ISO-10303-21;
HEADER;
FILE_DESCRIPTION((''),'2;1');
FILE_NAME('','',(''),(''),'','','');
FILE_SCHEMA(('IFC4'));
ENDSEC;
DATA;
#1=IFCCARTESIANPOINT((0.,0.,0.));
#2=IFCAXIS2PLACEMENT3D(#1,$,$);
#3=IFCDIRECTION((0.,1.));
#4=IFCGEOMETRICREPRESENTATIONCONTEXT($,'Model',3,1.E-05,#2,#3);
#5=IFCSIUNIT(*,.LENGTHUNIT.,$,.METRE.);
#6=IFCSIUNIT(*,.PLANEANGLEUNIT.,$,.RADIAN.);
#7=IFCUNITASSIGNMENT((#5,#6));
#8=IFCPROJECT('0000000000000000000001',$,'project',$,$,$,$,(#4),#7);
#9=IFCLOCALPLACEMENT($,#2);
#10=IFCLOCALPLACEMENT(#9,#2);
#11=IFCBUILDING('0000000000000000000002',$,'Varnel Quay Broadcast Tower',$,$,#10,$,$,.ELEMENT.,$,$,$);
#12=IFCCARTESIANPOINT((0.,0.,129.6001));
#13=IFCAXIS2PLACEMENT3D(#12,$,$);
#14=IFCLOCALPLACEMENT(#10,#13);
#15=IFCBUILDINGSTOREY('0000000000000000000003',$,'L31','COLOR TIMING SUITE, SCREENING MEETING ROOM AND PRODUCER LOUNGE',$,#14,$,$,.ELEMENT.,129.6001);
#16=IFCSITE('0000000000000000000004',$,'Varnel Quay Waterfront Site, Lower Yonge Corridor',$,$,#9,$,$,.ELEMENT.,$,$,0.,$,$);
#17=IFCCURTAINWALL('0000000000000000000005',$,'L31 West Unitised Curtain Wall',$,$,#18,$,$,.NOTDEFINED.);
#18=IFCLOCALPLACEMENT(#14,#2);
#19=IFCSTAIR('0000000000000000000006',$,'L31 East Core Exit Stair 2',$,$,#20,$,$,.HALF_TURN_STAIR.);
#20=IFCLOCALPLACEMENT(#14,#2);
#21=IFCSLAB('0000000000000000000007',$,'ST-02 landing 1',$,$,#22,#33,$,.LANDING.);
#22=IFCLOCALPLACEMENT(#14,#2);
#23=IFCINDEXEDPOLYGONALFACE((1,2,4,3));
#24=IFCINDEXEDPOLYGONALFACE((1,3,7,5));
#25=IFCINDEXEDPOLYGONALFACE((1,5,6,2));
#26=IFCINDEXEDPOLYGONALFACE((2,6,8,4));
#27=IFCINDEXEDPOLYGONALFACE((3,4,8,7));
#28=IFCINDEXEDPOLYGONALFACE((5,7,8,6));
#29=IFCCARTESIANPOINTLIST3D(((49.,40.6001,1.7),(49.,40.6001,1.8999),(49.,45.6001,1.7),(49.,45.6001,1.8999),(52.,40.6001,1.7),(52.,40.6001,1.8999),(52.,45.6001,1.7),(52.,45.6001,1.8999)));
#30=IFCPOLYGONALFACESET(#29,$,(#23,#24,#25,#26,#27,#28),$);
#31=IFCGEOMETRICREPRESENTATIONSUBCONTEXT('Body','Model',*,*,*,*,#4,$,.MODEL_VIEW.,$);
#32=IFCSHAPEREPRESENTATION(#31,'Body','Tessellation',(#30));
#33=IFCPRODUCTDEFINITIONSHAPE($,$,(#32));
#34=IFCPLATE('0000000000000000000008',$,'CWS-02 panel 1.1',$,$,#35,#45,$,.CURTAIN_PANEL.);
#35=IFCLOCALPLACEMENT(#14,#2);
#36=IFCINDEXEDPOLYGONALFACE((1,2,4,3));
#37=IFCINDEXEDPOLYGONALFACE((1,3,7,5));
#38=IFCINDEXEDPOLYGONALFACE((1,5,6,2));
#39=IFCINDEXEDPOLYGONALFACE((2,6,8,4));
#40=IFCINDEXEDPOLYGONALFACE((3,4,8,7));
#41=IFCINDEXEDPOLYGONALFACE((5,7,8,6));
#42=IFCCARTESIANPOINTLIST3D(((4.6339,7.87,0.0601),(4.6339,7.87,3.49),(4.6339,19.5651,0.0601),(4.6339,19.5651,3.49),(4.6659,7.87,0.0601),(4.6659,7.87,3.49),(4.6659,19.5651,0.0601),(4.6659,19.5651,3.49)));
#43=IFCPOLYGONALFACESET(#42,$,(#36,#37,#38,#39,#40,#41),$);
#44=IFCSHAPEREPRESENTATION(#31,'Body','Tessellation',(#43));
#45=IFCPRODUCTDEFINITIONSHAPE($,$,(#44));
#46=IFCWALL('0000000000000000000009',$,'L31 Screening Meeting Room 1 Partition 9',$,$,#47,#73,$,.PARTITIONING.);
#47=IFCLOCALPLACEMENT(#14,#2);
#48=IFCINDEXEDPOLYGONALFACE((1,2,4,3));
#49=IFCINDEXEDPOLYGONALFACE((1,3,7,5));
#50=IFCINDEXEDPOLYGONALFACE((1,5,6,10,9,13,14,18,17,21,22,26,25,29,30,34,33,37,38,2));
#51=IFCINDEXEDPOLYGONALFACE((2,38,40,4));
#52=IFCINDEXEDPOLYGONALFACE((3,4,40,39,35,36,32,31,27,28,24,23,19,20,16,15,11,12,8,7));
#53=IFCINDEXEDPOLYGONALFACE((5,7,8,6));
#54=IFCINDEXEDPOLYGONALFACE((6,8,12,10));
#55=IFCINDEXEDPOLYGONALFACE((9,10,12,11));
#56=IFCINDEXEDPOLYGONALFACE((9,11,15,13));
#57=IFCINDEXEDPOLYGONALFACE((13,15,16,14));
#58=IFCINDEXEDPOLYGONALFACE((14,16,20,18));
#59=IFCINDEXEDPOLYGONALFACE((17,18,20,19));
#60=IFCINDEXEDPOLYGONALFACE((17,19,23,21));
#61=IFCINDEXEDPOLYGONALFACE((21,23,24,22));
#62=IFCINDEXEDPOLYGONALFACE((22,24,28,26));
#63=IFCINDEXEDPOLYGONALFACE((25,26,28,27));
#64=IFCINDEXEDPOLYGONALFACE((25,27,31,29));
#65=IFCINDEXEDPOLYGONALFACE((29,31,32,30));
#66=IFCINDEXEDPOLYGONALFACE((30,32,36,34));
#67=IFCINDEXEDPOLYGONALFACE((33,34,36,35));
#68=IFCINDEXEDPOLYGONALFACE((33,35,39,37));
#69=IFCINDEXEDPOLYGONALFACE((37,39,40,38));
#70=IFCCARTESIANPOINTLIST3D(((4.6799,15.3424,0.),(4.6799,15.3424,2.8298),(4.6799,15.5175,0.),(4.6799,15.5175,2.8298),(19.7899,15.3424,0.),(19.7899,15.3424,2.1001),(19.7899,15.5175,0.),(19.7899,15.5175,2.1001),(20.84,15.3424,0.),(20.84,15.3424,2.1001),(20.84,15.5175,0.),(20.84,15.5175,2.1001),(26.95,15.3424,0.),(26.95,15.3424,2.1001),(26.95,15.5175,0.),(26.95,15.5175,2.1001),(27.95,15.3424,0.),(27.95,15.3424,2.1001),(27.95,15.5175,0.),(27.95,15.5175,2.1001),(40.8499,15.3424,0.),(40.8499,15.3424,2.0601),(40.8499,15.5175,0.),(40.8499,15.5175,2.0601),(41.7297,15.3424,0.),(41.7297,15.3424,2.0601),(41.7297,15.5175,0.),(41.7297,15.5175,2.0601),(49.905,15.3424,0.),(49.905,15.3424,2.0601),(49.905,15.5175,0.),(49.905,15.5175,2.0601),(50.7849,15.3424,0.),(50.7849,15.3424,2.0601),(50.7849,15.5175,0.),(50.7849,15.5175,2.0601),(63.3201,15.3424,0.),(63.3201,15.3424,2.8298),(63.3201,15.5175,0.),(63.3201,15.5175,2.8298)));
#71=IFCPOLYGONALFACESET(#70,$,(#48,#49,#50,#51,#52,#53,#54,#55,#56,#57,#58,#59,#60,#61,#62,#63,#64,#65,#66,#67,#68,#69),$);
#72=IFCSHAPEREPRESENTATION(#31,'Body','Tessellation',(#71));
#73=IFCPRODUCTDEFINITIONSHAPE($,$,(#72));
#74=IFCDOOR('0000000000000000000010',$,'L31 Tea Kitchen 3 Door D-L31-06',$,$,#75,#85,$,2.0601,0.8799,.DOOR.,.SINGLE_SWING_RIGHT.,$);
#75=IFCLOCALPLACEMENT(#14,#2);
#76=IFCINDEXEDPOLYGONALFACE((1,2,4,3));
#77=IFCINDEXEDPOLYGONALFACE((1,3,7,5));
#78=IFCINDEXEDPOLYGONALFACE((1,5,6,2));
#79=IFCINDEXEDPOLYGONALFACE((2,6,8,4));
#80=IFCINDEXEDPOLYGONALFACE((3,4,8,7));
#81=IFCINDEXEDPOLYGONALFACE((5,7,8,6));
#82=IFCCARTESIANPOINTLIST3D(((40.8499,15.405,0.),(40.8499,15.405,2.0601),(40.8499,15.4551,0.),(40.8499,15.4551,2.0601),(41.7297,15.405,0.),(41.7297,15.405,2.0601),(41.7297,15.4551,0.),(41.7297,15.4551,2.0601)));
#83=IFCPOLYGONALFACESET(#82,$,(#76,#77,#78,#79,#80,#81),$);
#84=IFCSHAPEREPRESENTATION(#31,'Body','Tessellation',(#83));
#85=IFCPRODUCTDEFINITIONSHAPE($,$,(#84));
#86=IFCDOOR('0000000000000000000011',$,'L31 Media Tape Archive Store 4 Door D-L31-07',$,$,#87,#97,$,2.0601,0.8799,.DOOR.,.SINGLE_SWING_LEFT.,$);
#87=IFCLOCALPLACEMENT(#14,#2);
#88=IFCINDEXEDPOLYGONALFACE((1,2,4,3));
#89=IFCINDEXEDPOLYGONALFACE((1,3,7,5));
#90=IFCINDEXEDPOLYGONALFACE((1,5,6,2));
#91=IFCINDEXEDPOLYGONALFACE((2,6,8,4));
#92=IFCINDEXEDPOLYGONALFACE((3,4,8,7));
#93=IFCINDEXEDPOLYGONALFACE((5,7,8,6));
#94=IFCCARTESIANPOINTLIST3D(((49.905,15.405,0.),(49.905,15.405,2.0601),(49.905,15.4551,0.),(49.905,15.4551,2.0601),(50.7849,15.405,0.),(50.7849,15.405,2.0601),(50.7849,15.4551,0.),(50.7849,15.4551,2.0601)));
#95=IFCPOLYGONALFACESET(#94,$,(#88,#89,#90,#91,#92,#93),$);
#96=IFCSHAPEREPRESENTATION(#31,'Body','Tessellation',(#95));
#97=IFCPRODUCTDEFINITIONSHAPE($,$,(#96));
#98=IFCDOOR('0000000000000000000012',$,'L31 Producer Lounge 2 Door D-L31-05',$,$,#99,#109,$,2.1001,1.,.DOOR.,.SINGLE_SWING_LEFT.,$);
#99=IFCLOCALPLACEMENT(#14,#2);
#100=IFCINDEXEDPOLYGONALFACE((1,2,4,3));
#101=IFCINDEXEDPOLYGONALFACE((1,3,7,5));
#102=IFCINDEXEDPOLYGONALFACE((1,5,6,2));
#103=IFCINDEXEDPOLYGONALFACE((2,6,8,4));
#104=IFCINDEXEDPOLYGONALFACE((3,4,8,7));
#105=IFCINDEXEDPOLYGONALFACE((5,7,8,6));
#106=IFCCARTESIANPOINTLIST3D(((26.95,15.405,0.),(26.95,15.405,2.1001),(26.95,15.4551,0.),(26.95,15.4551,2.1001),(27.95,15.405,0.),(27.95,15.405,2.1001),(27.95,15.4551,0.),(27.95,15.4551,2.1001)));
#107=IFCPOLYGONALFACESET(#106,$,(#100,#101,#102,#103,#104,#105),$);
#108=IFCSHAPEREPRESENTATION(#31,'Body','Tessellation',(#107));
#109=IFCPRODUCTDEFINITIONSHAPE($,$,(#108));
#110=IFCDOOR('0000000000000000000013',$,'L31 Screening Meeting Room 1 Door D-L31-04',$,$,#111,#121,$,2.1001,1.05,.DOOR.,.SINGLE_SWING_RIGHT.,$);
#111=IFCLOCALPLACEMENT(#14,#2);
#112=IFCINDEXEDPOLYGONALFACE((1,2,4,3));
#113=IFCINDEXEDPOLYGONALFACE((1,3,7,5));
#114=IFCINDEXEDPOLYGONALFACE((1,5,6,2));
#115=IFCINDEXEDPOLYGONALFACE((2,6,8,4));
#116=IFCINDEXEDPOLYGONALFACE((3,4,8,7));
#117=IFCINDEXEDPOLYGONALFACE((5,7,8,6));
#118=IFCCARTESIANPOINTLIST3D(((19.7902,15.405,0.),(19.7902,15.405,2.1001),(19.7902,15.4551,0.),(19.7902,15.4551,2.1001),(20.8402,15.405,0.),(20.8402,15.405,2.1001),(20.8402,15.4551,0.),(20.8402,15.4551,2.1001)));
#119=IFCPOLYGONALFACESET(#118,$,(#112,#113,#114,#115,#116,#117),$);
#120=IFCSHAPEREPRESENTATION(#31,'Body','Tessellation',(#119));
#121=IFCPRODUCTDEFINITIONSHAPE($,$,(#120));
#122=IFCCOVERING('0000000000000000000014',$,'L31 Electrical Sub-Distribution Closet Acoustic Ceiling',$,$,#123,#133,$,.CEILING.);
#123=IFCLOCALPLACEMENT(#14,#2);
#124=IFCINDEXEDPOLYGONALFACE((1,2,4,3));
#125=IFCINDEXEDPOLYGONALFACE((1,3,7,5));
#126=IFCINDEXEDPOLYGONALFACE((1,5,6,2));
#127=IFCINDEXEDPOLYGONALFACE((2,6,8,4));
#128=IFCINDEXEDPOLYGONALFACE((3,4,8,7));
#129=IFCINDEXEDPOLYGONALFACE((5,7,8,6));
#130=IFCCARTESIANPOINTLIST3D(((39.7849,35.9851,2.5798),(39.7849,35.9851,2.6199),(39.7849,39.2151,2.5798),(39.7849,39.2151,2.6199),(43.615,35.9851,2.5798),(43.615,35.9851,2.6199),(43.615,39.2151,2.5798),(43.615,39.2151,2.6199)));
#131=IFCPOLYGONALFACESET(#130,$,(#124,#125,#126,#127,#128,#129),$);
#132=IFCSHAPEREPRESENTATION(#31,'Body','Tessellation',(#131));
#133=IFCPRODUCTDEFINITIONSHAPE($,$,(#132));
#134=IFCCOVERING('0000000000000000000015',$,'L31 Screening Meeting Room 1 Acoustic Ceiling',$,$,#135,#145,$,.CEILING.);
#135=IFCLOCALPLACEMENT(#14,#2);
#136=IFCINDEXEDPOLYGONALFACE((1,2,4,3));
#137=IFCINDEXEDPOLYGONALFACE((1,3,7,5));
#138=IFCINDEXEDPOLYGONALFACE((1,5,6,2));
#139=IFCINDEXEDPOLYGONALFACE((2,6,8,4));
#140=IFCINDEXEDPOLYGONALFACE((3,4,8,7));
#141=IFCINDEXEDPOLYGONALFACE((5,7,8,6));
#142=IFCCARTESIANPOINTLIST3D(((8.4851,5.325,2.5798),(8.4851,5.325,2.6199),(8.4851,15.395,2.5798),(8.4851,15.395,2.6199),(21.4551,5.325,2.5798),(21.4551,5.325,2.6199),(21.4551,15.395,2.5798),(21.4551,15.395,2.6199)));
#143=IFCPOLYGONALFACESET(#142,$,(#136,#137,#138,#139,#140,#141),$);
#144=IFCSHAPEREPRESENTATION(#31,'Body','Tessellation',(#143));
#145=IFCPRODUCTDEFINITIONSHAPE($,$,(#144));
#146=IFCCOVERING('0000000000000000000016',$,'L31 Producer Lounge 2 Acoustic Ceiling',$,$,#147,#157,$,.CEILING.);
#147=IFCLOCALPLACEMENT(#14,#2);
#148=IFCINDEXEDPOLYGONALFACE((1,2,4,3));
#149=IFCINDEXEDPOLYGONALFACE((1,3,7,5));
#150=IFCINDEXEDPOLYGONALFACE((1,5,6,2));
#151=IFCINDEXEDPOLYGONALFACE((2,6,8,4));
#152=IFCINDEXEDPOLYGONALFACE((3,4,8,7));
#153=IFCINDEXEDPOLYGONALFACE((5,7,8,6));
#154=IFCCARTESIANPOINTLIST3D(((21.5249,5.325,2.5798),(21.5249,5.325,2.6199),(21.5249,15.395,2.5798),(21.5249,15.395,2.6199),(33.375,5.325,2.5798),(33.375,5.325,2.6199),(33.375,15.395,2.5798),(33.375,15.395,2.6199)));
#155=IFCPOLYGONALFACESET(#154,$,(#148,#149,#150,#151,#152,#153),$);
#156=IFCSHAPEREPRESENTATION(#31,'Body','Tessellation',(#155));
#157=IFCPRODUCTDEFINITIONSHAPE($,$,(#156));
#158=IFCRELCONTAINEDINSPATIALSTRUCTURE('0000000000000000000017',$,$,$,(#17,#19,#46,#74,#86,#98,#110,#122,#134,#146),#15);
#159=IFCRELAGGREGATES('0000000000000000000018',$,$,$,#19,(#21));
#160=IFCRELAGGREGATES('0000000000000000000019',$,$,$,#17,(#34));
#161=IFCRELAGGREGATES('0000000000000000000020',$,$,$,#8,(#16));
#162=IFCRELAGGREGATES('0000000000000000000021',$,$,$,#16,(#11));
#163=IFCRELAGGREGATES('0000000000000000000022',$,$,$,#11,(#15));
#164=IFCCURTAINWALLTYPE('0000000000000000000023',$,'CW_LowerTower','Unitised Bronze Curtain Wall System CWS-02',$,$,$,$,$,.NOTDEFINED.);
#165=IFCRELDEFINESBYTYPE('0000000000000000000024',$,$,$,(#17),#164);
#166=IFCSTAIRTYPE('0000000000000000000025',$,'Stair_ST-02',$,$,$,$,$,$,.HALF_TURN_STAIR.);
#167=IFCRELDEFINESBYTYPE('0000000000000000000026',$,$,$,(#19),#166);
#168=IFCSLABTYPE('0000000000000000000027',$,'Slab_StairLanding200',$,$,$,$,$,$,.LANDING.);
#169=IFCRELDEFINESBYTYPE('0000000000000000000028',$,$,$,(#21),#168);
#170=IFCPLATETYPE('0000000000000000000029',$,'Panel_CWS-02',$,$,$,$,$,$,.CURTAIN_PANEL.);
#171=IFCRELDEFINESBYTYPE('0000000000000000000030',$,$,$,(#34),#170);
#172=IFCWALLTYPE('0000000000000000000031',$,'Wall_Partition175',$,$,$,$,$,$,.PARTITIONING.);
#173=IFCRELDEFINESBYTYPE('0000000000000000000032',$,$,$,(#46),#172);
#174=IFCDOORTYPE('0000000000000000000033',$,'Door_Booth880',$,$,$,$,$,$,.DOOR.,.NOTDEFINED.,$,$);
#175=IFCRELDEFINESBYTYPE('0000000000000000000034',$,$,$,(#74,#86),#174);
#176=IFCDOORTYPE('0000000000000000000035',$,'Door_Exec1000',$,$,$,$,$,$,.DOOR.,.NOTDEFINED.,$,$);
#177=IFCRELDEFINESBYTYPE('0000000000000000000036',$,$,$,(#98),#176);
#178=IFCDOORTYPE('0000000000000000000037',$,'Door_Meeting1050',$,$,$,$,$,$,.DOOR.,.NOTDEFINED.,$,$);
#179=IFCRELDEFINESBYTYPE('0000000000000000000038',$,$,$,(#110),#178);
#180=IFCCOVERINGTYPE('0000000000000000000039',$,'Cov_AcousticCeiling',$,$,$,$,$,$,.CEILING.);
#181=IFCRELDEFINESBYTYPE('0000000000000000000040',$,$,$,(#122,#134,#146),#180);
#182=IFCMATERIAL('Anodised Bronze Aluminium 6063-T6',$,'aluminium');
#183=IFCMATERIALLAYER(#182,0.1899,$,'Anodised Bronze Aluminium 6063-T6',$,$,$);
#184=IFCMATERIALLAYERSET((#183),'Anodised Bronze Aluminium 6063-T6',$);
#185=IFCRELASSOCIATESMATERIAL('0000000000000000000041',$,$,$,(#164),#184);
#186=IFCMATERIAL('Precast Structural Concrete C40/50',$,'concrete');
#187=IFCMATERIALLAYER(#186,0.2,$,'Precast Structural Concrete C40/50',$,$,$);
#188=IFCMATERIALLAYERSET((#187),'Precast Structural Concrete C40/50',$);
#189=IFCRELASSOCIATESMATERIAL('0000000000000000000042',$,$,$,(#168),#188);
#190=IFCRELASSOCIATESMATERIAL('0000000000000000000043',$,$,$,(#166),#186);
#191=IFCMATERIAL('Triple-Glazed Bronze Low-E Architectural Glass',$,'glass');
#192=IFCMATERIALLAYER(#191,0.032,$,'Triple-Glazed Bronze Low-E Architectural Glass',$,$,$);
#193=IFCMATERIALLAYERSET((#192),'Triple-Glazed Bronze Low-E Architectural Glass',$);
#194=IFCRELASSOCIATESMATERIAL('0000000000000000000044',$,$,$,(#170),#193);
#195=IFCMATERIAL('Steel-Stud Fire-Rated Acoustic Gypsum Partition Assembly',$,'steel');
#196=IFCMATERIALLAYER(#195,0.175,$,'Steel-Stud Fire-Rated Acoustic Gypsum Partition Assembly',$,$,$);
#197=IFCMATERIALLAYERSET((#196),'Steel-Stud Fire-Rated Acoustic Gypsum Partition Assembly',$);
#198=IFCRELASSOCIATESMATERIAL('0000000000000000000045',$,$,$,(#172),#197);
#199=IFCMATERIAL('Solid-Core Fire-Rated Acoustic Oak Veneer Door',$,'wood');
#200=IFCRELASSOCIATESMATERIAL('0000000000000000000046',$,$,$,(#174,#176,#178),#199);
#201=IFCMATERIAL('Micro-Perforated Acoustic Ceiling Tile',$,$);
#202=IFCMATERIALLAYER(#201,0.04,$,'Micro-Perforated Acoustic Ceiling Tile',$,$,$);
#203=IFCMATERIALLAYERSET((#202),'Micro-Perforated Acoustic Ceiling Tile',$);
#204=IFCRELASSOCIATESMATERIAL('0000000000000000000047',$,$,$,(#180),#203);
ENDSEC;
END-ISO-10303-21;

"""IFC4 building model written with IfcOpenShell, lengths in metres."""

from ifc_helpers import new_model, si_unit, direction, frame, frame_2d, origin, origin_2d, place, context, subcontext, project, spatial, polyline, rectangle, outline, extrude, source, transform, mapped, material, layer, layer_set, type_object, type_shapes, element, fill, aggregate, save


model = new_model("IFC4")

# Units and contexts
model_context = context("Model", 3, precision=1e-05, world=origin(), true_north=direction((0.0, 1.0)))
body_context = subcontext(model_context, "Body", "Model", "MODEL_VIEW")
ifc_project = project(units=[si_unit("LENGTHUNIT", "METRE"), si_unit("PLANEANGLEUNIT", "RADIAN")], contexts=[model_context])

# Site, building, storey
site_placement = place(None, origin())
site = spatial("IfcSite", under=ifc_project, at=site_placement, Name="Varnel Quay Waterfront Site, Lower Yonge Corridor", CompositionType="ELEMENT", RefElevation=0.0)
building_placement = place(site_placement, origin())
building = spatial("IfcBuilding", under=site, at=building_placement, Name="Varnel Quay Broadcast Tower", CompositionType="ELEMENT")
storey_placement = place(building_placement, frame((0.0, 0.0, 129.6001)))
storey = spatial("IfcBuildingStorey", under=building, at=storey_placement, Name="L31", Description="COLOR TIMING SUITE, SCREENING MEETING ROOM AND PRODUCER LOUNGE", CompositionType="ELEMENT", Elevation=129.6001)

# Curtain wall
ifc_material_1 = material(Name="Anodised Bronze Aluminium 6063-T6", Category="aluminium")
ifc_layer_1 = layer(ifc_material_1, 0.1899, Name="Anodised Bronze Aluminium 6063-T6")
ifc_layer_set_1 = layer_set([ifc_layer_1], Name="Anodised Bronze Aluminium 6063-T6")
curtain_wall_type_1 = type_object("IfcCurtainWallType", Name="CW_LowerTower", Description="Unitised Bronze Curtain Wall System CWS-02", PredefinedType="NOTDEFINED", material=ifc_layer_set_1)
curtain_wall_1_placement = place(storey_placement, origin())
curtain_wall_1 = element("IfcCurtainWall", 1, at=curtain_wall_1_placement, inside=storey, type_object=curtain_wall_type_1, Name="L31 West Unitised Curtain Wall", PredefinedType="NOTDEFINED")

# Stair, slab
ifc_material_2 = material(Name="Precast Structural Concrete C40/50", Category="concrete")
ifc_layer_2 = layer(ifc_material_2, 0.2, Name="Precast Structural Concrete C40/50")
ifc_layer_set_2 = layer_set([ifc_layer_2], Name="Precast Structural Concrete C40/50")
slab_type_1 = type_object("IfcSlabType", Name="Slab_StairLanding200", PredefinedType="LANDING", material=ifc_layer_set_2)
stair_type_1 = type_object("IfcStairType", Name="Stair_ST-02", PredefinedType="HALF_TURN_STAIR", material=ifc_material_2)
stair_1_placement = place(storey_placement, origin())
stair_1 = element("IfcStair", 2, at=stair_1_placement, inside=storey, type_object=stair_type_1, Name="L31 East Core Exit Stair 2", PredefinedType="HALF_TURN_STAIR")
slab_1_placement = place(storey_placement, frame((0.0, 0.0, 1.7)))
slab_1 = element("IfcSlab", 3, at=slab_1_placement, type_object=slab_type_1, Name="ST-02 landing 1", PredefinedType="LANDING", context=body_context, shape_type="SweptSolid", body=[
    extrude(outline(polyline([(52.0, 40.6001), (52.0, 45.6001), (49.0, 45.6001), (49.0, 40.6001), (52.0, 40.6001)])), origin(), (0.0, 0.0, 1.0), 0.2),
])
aggregate(stair_1, [slab_1])

# Plate
ifc_material_3 = material(Name="Triple-Glazed Bronze Low-E Architectural Glass", Category="glass")
ifc_layer_3 = layer(ifc_material_3, 0.032, Name="Triple-Glazed Bronze Low-E Architectural Glass")
ifc_layer_set_3 = layer_set([ifc_layer_3], Name="Triple-Glazed Bronze Low-E Architectural Glass")
plate_type = type_object("IfcPlateType", Name="Panel_CWS-02", PredefinedType="CURTAIN_PANEL", material=ifc_layer_set_3)
shared_shape_1 = source(origin(), body_context, "Body", "SweptSolid", [
    extrude(rectangle(XDim=11.6951, YDim=0.032, at=origin_2d()), origin(), (0.0, 0.0, 1.0), 3.4299),
])
type_shapes(plate_type, [shared_shape_1])
plate_placement = place(storey_placement, frame((4.6499, 13.7175, 0.0601), z_axis=(0.0, 0.0, 1.0), x_axis=(0.0, 1.0, 0.0)))
plate = element("IfcPlate", 4, at=plate_placement, type_object=plate_type, Name="CWS-02 panel 1.1", PredefinedType="CURTAIN_PANEL", context=body_context, shape_type="MappedRepresentation", body=[
    mapped(shared_shape_1, transform((0.0, 0.0, 0.0), x_axis=(1.0, 0.0, 0.0), y_axis=(0.0, 1.0, 0.0), z_axis=(0.0, 0.0, 1.0), scale=1.0)),
])
aggregate(curtain_wall_1, [plate])

# Wall, openings, doors
ifc_material_4 = material(Name="Steel-Stud Fire-Rated Acoustic Gypsum Partition Assembly", Category="steel")
ifc_layer_4 = layer(ifc_material_4, 0.175, Name="Steel-Stud Fire-Rated Acoustic Gypsum Partition Assembly")
ifc_layer_set_4 = layer_set([ifc_layer_4], Name="Steel-Stud Fire-Rated Acoustic Gypsum Partition Assembly")
wall_type = type_object("IfcWallType", Name="Wall_Partition175", PredefinedType="PARTITIONING", material=ifc_layer_set_4)
wall_placement = place(storey_placement, frame((4.6799, 15.4299, 0.0), z_axis=(0.0, 0.0, 1.0), x_axis=(1.0, 0.0, 0.0)))
wall = element("IfcWall", 5, at=wall_placement, inside=storey, type_object=wall_type, Name="L31 Screening Meeting Room 1 Partition 9", PredefinedType="PARTITIONING", context=body_context, shape_type="SweptSolid", body=[
    extrude(rectangle(XDim=58.6401, YDim=0.175, at=frame_2d((29.3201, 0.0))), origin(), (0.0, 0.0, 1.0), 2.8298),
])
opening_1_placement = place(wall_placement, frame((15.1101, 0.0, 0.0)))
opening_1 = element("IfcOpeningElement", 6, at=opening_1_placement, cuts=wall, PredefinedType="OPENING", context=body_context, shape_type="SweptSolid", body=[
    extrude(rectangle(XDim=1.05, YDim=2.1001, at=frame_2d((0.5249, 1.05))), frame((0.0, 0.0977, 0.0), z_axis=(0.0, -1.0, 0.0), x_axis=(1.0, 0.0, 0.0)), (0.0, 0.0, 1.0), 0.1951),
])
opening_2_placement = place(wall_placement, frame((22.27, 0.0, 0.0)))
opening_2 = element("IfcOpeningElement", 7, at=opening_2_placement, cuts=wall, PredefinedType="OPENING", context=body_context, shape_type="SweptSolid", body=[
    extrude(rectangle(XDim=1.0, YDim=2.1001, at=frame_2d((0.5, 1.05))), frame((0.0, 0.0977, 0.0), z_axis=(0.0, -1.0, 0.0), x_axis=(1.0, 0.0, 0.0)), (0.0, 0.0, 1.0), 0.1951),
])
opening_3_placement = place(wall_placement, frame((36.1699, 0.0, 0.0)))
opening_3 = element("IfcOpeningElement", 8, at=opening_3_placement, cuts=wall, PredefinedType="OPENING", context=body_context, shape_type="SweptSolid", body=[
    extrude(rectangle(XDim=0.8799, YDim=2.0601, at=frame_2d((0.4399, 1.03))), frame((0.0, 0.0977, 0.0), z_axis=(0.0, -1.0, 0.0), x_axis=(1.0, 0.0, 0.0)), (0.0, 0.0, 1.0), 0.1951),
])
opening_4_placement = place(wall_placement, frame((45.2251, 0.0, 0.0)))
opening_4 = element("IfcOpeningElement", 9, at=opening_4_placement, cuts=wall, PredefinedType="OPENING", context=body_context, shape_type="SweptSolid", body=[
    extrude(rectangle(XDim=0.8799, YDim=2.0601, at=frame_2d((0.4399, 1.03))), frame((0.0, 0.0977, 0.0), z_axis=(0.0, -1.0, 0.0), x_axis=(1.0, 0.0, 0.0)), (0.0, 0.0, 1.0), 0.1951),
])
ifc_material_5 = material(Name="Solid-Core Fire-Rated Acoustic Oak Veneer Door", Category="wood")
door_type_1 = type_object("IfcDoorType", Name="Door_Booth880", OperationType="NOTDEFINED", PredefinedType="DOOR", material=ifc_material_5)
shared_shape_2 = source(origin(), body_context, "Body", "SweptSolid", [
    extrude(rectangle(XDim=0.8799, YDim=2.0601, at=frame_2d((0.4399, 1.03))), frame((0.0, 0.0249, 0.0), z_axis=(0.0, -1.0, 0.0), x_axis=(1.0, 0.0, 0.0)), (0.0, 0.0, 1.0), 0.05),
])
type_shapes(door_type_1, [shared_shape_2])
door_1_placement = place(opening_3_placement, frame((0.8799, 0.0, 0.0), z_axis=(0.0, 0.0, 1.0), x_axis=(-1.0, 0.0, 0.0)))
door_1 = element("IfcDoor", 10, at=door_1_placement, inside=storey, type_object=door_type_1, Name="L31 Tea Kitchen 3 Door D-L31-06", OperationType="SINGLE_SWING_RIGHT", OverallHeight=2.0601, OverallWidth=0.8799, PredefinedType="DOOR", context=body_context, shape_type="MappedRepresentation", body=[
    mapped(shared_shape_2, transform((0.0, 0.0, 0.0), x_axis=(1.0, 0.0, 0.0), y_axis=(0.0, 1.0, 0.0), z_axis=(0.0, 0.0, 1.0), scale=1.0)),
])
fill(opening_3, door_1)
door_2_placement = place(opening_4_placement, frame((0.8799, 0.0, 0.0), z_axis=(0.0, 0.0, 1.0), x_axis=(-1.0, 0.0, 0.0)))
door_2 = element("IfcDoor", 11, at=door_2_placement, inside=storey, type_object=door_type_1, Name="L31 Media Tape Archive Store 4 Door D-L31-07", OperationType="SINGLE_SWING_LEFT", OverallHeight=2.0601, OverallWidth=0.8799, PredefinedType="DOOR", context=body_context, shape_type="MappedRepresentation", body=[
    mapped(shared_shape_2, transform((0.0, 0.0, 0.0), x_axis=(1.0, 0.0, 0.0), y_axis=(0.0, 1.0, 0.0), z_axis=(0.0, 0.0, 1.0), scale=1.0)),
])
fill(opening_4, door_2)
door_type_2 = type_object("IfcDoorType", Name="Door_Exec1000", OperationType="NOTDEFINED", PredefinedType="DOOR", material=ifc_material_5)
shared_shape_3 = source(origin(), body_context, "Body", "SweptSolid", [
    extrude(rectangle(XDim=1.0, YDim=2.1001, at=frame_2d((0.5, 1.05))), frame((0.0, 0.0249, 0.0), z_axis=(0.0, -1.0, 0.0), x_axis=(1.0, 0.0, 0.0)), (0.0, 0.0, 1.0), 0.05),
])
type_shapes(door_type_2, [shared_shape_3])
door_3_placement = place(opening_2_placement, frame((1.0, 0.0, 0.0), z_axis=(0.0, 0.0, 1.0), x_axis=(-1.0, 0.0, 0.0)))
door_3 = element("IfcDoor", 12, at=door_3_placement, inside=storey, type_object=door_type_2, Name="L31 Producer Lounge 2 Door D-L31-05", OperationType="SINGLE_SWING_LEFT", OverallHeight=2.1001, OverallWidth=1.0, PredefinedType="DOOR", context=body_context, shape_type="MappedRepresentation", body=[
    mapped(shared_shape_3, transform((0.0, 0.0, 0.0), x_axis=(1.0, 0.0, 0.0), y_axis=(0.0, 1.0, 0.0), z_axis=(0.0, 0.0, 1.0), scale=1.0)),
])
fill(opening_2, door_3)
door_type_3 = type_object("IfcDoorType", Name="Door_Meeting1050", OperationType="NOTDEFINED", PredefinedType="DOOR", material=ifc_material_5)
shared_shape_4 = source(origin(), body_context, "Body", "SweptSolid", [
    extrude(rectangle(XDim=1.05, YDim=2.1001, at=frame_2d((0.5249, 1.05))), frame((0.0, 0.0249, 0.0), z_axis=(0.0, -1.0, 0.0), x_axis=(1.0, 0.0, 0.0)), (0.0, 0.0, 1.0), 0.05),
])
type_shapes(door_type_3, [shared_shape_4])
door_4_placement = place(opening_1_placement, frame((1.05, 0.0, 0.0), z_axis=(0.0, 0.0, 1.0), x_axis=(-1.0, 0.0, 0.0)))
door_4 = element("IfcDoor", 13, at=door_4_placement, inside=storey, type_object=door_type_3, Name="L31 Screening Meeting Room 1 Door D-L31-04", OperationType="SINGLE_SWING_RIGHT", OverallHeight=2.1001, OverallWidth=1.05, PredefinedType="DOOR", context=body_context, shape_type="MappedRepresentation", body=[
    mapped(shared_shape_4, transform((0.0, 0.0, 0.0), x_axis=(1.0, 0.0, 0.0), y_axis=(0.0, 1.0, 0.0), z_axis=(0.0, 0.0, 1.0), scale=1.0)),
])
fill(opening_1, door_4)

# Coverings
ifc_material_6 = material(Name="Micro-Perforated Acoustic Ceiling Tile")
ifc_layer_5 = layer(ifc_material_6, 0.04, Name="Micro-Perforated Acoustic Ceiling Tile")
ifc_layer_set_5 = layer_set([ifc_layer_5], Name="Micro-Perforated Acoustic Ceiling Tile")
covering_type_1 = type_object("IfcCoveringType", Name="Cov_AcousticCeiling", PredefinedType="CEILING", material=ifc_layer_set_5)
covering_1_placement = place(storey_placement, frame((0.0, 0.0, 2.5798)))
element("IfcCovering", 14, at=covering_1_placement, inside=storey, type_object=covering_type_1, Name="L31 Electrical Sub-Distribution Closet Acoustic Ceiling", PredefinedType="CEILING", context=body_context, shape_type="SweptSolid", body=[
    extrude(outline(polyline([(39.7849, 35.9851), (43.615, 35.9851), (43.615, 39.2151), (39.7849, 39.2151), (39.7849, 35.9851)])), origin(), (0.0, 0.0, 1.0), 0.04),
])
covering_2_placement = place(storey_placement, frame((0.0, 0.0, 2.5798)))
element("IfcCovering", 15, at=covering_2_placement, inside=storey, type_object=covering_type_1, Name="L31 Screening Meeting Room 1 Acoustic Ceiling", PredefinedType="CEILING", context=body_context, shape_type="SweptSolid", body=[
    extrude(outline(polyline([(8.4851, 5.325), (21.4551, 5.325), (21.4551, 15.395), (8.4851, 15.395), (8.4851, 5.325)])), origin(), (0.0, 0.0, 1.0), 0.04),
])
covering_3_placement = place(storey_placement, frame((0.0, 0.0, 2.5798)))
element("IfcCovering", 16, at=covering_3_placement, inside=storey, type_object=covering_type_1, Name="L31 Producer Lounge 2 Acoustic Ceiling", PredefinedType="CEILING", context=body_context, shape_type="SweptSolid", body=[
    extrude(outline(polyline([(21.5249, 5.325), (33.375, 5.325), (33.375, 15.395), (21.5249, 15.395), (21.5249, 5.325)])), origin(), (0.0, 0.0, 1.0), 0.04),
])

save(model, "model.ifc")
